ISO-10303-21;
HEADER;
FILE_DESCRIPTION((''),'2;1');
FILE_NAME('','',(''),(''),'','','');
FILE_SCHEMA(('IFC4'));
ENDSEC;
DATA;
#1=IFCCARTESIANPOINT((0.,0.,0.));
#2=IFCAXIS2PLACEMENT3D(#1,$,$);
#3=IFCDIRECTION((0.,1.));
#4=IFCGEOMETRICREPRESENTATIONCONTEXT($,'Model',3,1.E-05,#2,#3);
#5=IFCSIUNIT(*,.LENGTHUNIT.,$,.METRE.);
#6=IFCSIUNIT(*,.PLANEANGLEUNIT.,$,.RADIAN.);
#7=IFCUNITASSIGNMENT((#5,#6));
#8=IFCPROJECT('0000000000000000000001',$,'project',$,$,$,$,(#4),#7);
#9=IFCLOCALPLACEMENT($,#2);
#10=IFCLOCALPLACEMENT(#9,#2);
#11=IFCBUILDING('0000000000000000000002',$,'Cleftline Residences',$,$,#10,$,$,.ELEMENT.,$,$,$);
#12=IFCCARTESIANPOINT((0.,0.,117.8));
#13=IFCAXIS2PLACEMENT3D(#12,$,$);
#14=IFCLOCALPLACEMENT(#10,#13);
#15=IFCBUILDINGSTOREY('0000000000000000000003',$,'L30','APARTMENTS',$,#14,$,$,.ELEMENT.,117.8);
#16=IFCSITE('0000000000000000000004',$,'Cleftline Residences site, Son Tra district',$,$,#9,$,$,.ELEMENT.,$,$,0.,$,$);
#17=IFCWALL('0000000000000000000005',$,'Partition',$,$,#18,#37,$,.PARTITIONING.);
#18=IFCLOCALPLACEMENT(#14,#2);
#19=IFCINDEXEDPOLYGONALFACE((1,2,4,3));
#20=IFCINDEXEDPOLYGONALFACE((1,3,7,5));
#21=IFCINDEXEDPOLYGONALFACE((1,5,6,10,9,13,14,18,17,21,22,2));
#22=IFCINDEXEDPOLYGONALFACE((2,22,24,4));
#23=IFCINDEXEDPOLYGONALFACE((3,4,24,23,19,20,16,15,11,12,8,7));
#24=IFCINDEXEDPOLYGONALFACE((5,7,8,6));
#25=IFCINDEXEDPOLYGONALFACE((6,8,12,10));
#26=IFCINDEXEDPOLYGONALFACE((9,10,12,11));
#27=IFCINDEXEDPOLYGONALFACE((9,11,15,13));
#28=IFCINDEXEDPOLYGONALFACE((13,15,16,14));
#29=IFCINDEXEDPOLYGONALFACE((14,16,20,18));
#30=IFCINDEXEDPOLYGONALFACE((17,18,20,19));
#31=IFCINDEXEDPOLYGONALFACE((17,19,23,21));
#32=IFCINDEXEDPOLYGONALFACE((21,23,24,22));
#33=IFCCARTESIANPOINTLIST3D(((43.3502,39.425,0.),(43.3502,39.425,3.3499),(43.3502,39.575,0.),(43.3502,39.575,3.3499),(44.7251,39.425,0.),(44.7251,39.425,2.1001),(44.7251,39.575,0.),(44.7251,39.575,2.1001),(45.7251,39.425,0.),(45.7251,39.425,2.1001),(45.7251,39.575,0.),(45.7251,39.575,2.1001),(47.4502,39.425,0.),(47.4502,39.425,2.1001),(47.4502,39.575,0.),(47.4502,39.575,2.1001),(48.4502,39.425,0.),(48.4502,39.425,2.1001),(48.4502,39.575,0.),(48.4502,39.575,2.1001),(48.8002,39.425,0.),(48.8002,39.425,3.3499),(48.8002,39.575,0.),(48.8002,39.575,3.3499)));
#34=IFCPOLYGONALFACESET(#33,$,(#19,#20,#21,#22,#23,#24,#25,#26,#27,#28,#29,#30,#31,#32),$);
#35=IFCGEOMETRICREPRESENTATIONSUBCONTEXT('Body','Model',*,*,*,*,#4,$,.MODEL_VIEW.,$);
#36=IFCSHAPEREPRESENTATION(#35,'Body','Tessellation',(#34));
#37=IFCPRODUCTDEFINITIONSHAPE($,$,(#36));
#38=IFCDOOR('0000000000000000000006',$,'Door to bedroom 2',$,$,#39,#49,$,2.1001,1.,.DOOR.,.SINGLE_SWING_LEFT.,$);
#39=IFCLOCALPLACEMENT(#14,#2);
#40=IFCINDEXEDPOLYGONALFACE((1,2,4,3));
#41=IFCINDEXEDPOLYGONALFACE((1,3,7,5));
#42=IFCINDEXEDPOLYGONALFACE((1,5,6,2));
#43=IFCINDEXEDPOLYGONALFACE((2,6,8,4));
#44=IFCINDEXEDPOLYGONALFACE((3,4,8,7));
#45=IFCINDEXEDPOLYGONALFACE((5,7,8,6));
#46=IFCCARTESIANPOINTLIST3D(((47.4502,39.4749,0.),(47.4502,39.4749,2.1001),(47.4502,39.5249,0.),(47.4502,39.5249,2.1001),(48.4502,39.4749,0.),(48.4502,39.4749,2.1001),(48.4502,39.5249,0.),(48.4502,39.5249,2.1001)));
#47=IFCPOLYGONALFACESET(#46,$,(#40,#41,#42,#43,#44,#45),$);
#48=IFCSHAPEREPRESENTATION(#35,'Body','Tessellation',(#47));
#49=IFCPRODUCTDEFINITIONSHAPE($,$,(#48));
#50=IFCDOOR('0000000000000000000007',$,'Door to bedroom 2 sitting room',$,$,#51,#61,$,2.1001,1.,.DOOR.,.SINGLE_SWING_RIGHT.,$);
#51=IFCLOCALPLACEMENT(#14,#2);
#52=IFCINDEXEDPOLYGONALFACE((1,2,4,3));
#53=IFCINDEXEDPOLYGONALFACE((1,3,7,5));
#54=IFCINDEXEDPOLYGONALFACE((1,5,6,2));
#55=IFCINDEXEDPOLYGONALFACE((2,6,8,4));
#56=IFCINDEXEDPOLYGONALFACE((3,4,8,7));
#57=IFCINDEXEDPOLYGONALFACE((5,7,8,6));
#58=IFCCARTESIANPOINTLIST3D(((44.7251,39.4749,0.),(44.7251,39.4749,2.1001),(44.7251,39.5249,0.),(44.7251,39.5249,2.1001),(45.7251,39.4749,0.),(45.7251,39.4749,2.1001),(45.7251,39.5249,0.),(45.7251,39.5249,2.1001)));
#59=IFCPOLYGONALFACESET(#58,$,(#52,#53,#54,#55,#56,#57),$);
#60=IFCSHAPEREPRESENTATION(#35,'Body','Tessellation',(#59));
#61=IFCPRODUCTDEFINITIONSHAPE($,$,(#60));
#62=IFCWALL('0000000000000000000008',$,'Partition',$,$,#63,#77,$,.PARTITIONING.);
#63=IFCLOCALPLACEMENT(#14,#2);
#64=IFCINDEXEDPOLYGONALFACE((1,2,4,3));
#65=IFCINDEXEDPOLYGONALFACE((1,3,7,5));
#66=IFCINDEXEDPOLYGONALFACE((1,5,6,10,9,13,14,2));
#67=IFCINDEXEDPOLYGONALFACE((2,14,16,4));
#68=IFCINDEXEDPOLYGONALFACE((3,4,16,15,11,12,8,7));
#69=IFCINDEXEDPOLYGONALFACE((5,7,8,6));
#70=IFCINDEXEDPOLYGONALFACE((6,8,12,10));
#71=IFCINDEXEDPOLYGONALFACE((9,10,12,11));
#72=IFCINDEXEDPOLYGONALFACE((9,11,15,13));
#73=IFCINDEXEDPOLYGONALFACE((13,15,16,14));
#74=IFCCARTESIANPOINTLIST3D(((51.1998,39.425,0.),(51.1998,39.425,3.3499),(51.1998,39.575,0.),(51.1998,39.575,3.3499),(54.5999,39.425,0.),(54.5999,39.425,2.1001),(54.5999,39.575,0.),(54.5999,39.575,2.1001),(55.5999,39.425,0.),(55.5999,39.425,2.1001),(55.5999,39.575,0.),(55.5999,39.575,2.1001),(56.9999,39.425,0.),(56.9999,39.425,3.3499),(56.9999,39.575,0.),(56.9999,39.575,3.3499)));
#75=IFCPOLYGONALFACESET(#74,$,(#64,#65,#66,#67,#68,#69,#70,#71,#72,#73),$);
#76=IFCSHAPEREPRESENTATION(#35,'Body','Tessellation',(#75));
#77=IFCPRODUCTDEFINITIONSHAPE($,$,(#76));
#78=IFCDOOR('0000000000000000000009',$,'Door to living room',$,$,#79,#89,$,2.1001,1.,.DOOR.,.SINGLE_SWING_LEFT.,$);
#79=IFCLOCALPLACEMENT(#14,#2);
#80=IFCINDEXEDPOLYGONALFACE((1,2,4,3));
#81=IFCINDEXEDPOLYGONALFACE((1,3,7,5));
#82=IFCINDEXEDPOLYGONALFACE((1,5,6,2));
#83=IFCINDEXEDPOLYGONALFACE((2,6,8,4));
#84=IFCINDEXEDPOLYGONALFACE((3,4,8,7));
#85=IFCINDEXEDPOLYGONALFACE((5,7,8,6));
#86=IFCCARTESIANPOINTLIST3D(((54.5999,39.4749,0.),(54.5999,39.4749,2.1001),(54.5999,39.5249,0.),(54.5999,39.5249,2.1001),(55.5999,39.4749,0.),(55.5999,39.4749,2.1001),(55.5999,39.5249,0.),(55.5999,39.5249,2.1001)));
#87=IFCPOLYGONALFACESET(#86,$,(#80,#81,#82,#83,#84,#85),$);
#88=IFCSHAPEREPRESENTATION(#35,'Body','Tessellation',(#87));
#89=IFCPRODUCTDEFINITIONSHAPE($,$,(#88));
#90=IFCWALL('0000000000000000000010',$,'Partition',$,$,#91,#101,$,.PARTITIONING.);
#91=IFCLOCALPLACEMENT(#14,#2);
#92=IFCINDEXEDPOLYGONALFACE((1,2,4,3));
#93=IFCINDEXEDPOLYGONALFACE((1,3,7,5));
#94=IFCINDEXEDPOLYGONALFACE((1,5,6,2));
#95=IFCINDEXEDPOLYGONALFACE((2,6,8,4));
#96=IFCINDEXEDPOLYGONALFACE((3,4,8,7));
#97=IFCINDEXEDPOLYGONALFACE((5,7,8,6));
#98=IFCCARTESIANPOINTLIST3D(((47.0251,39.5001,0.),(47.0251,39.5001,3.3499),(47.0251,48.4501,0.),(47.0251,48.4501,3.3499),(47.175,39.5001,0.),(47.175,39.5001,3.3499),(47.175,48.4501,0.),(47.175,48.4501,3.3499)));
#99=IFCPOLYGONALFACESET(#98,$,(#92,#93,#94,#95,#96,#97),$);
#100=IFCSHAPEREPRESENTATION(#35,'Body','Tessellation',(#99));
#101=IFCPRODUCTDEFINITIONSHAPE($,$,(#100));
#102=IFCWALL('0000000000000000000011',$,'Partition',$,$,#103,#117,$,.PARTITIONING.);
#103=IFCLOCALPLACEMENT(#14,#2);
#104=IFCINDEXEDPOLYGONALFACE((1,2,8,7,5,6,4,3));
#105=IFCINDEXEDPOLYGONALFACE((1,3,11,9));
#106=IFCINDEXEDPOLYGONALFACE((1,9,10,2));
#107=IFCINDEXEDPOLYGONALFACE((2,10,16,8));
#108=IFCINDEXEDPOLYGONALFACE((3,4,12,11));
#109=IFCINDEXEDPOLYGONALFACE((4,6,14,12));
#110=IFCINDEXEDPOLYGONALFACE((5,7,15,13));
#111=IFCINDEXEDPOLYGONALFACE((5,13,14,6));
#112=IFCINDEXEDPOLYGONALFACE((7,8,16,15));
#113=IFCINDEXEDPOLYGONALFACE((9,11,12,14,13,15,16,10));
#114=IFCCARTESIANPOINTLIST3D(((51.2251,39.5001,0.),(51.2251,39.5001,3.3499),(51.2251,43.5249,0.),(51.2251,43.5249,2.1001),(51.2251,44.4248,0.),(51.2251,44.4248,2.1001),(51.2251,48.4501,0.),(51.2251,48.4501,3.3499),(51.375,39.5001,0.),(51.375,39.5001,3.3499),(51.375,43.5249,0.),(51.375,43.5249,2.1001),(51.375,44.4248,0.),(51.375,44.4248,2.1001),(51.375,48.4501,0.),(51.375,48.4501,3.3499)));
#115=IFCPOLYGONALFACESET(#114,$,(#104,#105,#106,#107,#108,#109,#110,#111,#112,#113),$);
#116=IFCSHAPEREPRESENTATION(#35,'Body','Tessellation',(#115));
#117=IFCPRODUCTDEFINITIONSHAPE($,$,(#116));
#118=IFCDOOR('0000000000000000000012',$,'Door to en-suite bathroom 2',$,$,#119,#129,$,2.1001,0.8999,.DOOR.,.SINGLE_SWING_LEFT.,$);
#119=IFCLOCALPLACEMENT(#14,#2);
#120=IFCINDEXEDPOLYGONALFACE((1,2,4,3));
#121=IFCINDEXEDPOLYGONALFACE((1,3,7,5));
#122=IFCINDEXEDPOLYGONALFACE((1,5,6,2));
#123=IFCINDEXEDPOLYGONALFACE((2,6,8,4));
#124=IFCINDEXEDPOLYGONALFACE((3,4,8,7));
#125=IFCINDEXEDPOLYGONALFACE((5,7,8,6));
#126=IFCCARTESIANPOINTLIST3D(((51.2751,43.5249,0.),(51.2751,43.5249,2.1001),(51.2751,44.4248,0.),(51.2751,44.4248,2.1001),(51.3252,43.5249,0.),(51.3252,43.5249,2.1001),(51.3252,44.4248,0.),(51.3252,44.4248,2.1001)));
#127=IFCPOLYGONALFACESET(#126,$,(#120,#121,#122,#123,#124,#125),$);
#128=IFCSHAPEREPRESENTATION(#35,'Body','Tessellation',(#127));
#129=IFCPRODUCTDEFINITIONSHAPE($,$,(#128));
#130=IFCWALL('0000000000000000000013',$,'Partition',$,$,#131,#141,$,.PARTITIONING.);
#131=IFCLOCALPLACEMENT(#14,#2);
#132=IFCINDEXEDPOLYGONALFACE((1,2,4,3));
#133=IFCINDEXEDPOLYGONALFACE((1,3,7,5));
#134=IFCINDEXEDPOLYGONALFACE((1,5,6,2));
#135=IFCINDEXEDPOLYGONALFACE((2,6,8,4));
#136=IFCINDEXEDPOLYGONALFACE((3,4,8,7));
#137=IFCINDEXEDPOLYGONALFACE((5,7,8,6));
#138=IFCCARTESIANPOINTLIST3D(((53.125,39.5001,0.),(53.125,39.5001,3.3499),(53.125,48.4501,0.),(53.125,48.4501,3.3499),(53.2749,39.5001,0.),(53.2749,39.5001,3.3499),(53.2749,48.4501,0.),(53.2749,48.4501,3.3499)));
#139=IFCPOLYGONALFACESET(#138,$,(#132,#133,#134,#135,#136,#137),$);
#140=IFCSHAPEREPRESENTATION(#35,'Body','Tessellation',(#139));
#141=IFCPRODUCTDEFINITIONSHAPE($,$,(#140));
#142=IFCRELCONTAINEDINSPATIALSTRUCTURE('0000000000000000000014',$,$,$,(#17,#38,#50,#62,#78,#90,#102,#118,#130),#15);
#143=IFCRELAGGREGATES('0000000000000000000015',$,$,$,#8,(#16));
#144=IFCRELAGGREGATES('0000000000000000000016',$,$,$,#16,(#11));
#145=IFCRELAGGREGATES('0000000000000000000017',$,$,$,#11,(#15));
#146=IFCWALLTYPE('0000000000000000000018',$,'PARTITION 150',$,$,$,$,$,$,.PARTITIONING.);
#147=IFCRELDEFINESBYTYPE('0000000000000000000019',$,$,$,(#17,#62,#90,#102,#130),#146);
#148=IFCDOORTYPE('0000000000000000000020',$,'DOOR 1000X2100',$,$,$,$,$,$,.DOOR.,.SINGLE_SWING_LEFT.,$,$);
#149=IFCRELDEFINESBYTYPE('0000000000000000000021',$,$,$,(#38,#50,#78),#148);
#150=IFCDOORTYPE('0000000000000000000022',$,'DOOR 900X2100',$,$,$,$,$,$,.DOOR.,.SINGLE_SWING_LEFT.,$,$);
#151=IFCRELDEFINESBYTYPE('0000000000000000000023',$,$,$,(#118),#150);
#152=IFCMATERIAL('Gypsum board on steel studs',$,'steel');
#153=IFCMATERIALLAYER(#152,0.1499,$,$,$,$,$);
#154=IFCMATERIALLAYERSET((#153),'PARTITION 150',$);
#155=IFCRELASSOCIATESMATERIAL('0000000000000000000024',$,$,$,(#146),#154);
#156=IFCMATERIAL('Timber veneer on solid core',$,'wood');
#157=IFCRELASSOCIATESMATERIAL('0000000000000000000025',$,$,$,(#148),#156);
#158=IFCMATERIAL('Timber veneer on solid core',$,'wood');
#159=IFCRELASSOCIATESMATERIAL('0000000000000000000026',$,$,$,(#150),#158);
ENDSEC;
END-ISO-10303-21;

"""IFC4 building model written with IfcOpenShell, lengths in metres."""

from ifc_helpers import new_model, si_unit, direction, frame, frame_2d, origin, place, context, subcontext, project, spatial, rectangle, extrude, material, layer, layer_set, type_object, element, fill, save


model = new_model("IFC4")

# Units and contexts
model_context = context("Model", 3, precision=1e-05, world=origin(), true_north=direction((0.0, 1.0)))
body_context = subcontext(model_context, "Body", "Model", "MODEL_VIEW")
ifc_project = project(units=[si_unit("LENGTHUNIT", "METRE"), si_unit("PLANEANGLEUNIT", "RADIAN")], contexts=[model_context])

# Site, building, storey
site_placement = place(None, origin())
site = spatial("IfcSite", under=ifc_project, at=site_placement, Name="Cleftline Residences site, Son Tra district", CompositionType="ELEMENT", RefElevation=0.0)
building_placement = place(site_placement, origin())
building = spatial("IfcBuilding", under=site, at=building_placement, Name="Cleftline Residences", CompositionType="ELEMENT")
storey_placement = place(building_placement, frame((0.0, 0.0, 117.8)))
storey = spatial("IfcBuildingStorey", under=building, at=storey_placement, Name="L30", Description="APARTMENTS", CompositionType="ELEMENT", Elevation=117.8)

# Wall, openings, doors
ifc_material_1 = material(Name="Gypsum board on steel studs", Category="steel")
ifc_layer_1 = layer(ifc_material_1, 0.1499)
ifc_layer_set_1 = layer_set([ifc_layer_1], Name="PARTITION 150")
wall_type = type_object("IfcWallType", Name="PARTITION 150", PredefinedType="PARTITIONING", material=ifc_layer_set_1)
wall_1_placement = place(storey_placement, frame((43.3501, 39.5, 0.0), z_axis=(0.0, 0.0, 1.0), x_axis=(1.0, 0.0, 0.0)))
wall_1 = element("IfcWall", 1, at=wall_1_placement, inside=storey, type_object=wall_type, Name="Partition", PredefinedType="PARTITIONING", context=body_context, shape_type="SweptSolid", body=[
    extrude(rectangle(XDim=5.45, YDim=0.1499, at=frame_2d((2.7251, 0.0))), origin(), (0.0, 0.0, 1.0), 3.3499),
])
opening_1_placement = place(wall_1_placement, frame((4.1001, 0.0, 0.0)))
opening_1 = element("IfcOpeningElement", 2, at=opening_1_placement, cuts=wall_1, PredefinedType="OPENING", context=body_context, shape_type="SweptSolid", body=[
    extrude(rectangle(XDim=1.0, YDim=2.1001, at=frame_2d((0.5, 1.05))), frame((0.0, 0.085, 0.0), z_axis=(0.0, -1.0, 0.0), x_axis=(1.0, 0.0, 0.0)), (0.0, 0.0, 1.0), 0.1699),
])
opening_2_placement = place(wall_1_placement, frame((1.375, 0.0, 0.0)))
opening_2 = element("IfcOpeningElement", 3, at=opening_2_placement, cuts=wall_1, PredefinedType="OPENING", context=body_context, shape_type="SweptSolid", body=[
    extrude(rectangle(XDim=1.0, YDim=2.1001, at=frame_2d((0.5, 1.05))), frame((0.0, 0.085, 0.0), z_axis=(0.0, -1.0, 0.0), x_axis=(1.0, 0.0, 0.0)), (0.0, 0.0, 1.0), 0.1699),
])
ifc_material_2 = material(Name="Timber veneer on solid core", Category="wood")
door_type_1 = type_object("IfcDoorType", Name="DOOR 1000X2100", OperationType="SINGLE_SWING_LEFT", PredefinedType="DOOR", material=ifc_material_2)
door_1_placement = place(opening_1_placement, origin())
door_1 = element("IfcDoor", 4, at=door_1_placement, inside=storey, type_object=door_type_1, Name="Door to bedroom 2", OperationType="SINGLE_SWING_LEFT", OverallHeight=2.1001, OverallWidth=1.0, PredefinedType="DOOR", context=body_context, shape_type="SweptSolid", body=[
    extrude(rectangle(XDim=1.0, YDim=2.1001, at=frame_2d((0.5, 1.05))), frame((0.0, 0.0249, 0.0), z_axis=(0.0, -1.0, 0.0), x_axis=(1.0, 0.0, 0.0)), (0.0, 0.0, 1.0), 0.05),
])
fill(opening_1, door_1)
door_2_placement = place(opening_2_placement, origin())
door_2 = element("IfcDoor", 5, at=door_2_placement, inside=storey, type_object=door_type_1, Name="Door to bedroom 2 sitting room", OperationType="SINGLE_SWING_RIGHT", OverallHeight=2.1001, OverallWidth=1.0, PredefinedType="DOOR", context=body_context, shape_type="SweptSolid", body=[
    extrude(rectangle(XDim=1.0, YDim=2.1001, at=frame_2d((0.5, 1.05))), frame((0.0, 0.0249, 0.0), z_axis=(0.0, -1.0, 0.0), x_axis=(1.0, 0.0, 0.0)), (0.0, 0.0, 1.0), 0.05),
])
fill(opening_2, door_2)

# Wall, opening, door
wall_2_placement = place(storey_placement, frame((51.2, 39.5, 0.0), z_axis=(0.0, 0.0, 1.0), x_axis=(1.0, 0.0, 0.0)))
wall_2 = element("IfcWall", 6, at=wall_2_placement, inside=storey, type_object=wall_type, Name="Partition", PredefinedType="PARTITIONING", context=body_context, shape_type="SweptSolid", body=[
    extrude(rectangle(XDim=5.8, YDim=0.1499, at=frame_2d((2.8999, 0.0))), origin(), (0.0, 0.0, 1.0), 3.3499),
])
opening_3_placement = place(wall_2_placement, frame((3.3999, 0.0, 0.0)))
opening_3 = element("IfcOpeningElement", 7, at=opening_3_placement, cuts=wall_2, PredefinedType="OPENING", context=body_context, shape_type="SweptSolid", body=[
    extrude(rectangle(XDim=1.0, YDim=2.1001, at=frame_2d((0.5, 1.05))), frame((0.0, 0.085, 0.0), z_axis=(0.0, -1.0, 0.0), x_axis=(1.0, 0.0, 0.0)), (0.0, 0.0, 1.0), 0.1699),
])
door_3_placement = place(opening_3_placement, origin())
door_3 = element("IfcDoor", 8, at=door_3_placement, inside=storey, type_object=door_type_1, Name="Door to living room", OperationType="SINGLE_SWING_LEFT", OverallHeight=2.1001, OverallWidth=1.0, PredefinedType="DOOR", context=body_context, shape_type="SweptSolid", body=[
    extrude(rectangle(XDim=1.0, YDim=2.1001, at=frame_2d((0.5, 1.05))), frame((0.0, 0.0249, 0.0), z_axis=(0.0, -1.0, 0.0), x_axis=(1.0, 0.0, 0.0)), (0.0, 0.0, 1.0), 0.05),
])
fill(opening_3, door_3)

# Wall
wall_3_placement = place(storey_placement, frame((47.1001, 39.5, 0.0), z_axis=(0.0, 0.0, 1.0), x_axis=(0.0, 1.0, 0.0)))
element("IfcWall", 9, at=wall_3_placement, inside=storey, type_object=wall_type, Name="Partition", PredefinedType="PARTITIONING", context=body_context, shape_type="SweptSolid", body=[
    extrude(rectangle(XDim=8.95, YDim=0.1499, at=frame_2d((4.4751, 0.0))), origin(), (0.0, 0.0, 1.0), 3.3499),
])

# Wall, opening, door
wall_4_placement = place(storey_placement, frame((51.3, 39.5, 0.0), z_axis=(0.0, 0.0, 1.0), x_axis=(0.0, 1.0, 0.0)))
wall_4 = element("IfcWall", 10, at=wall_4_placement, inside=storey, type_object=wall_type, Name="Partition", PredefinedType="PARTITIONING", context=body_context, shape_type="SweptSolid", body=[
    extrude(rectangle(XDim=8.95, YDim=0.1499, at=frame_2d((4.4751, 0.0))), origin(), (0.0, 0.0, 1.0), 3.3499),
])
opening_4_placement = place(wall_4_placement, frame((4.0249, 0.0, 0.0)))
opening_4 = element("IfcOpeningElement", 11, at=opening_4_placement, cuts=wall_4, PredefinedType="OPENING", context=body_context, shape_type="SweptSolid", body=[
    extrude(rectangle(XDim=0.8999, YDim=2.1001, at=frame_2d((0.45, 1.05))), frame((0.0, 0.085, 0.0), z_axis=(0.0, -1.0, 0.0), x_axis=(1.0, 0.0, 0.0)), (0.0, 0.0, 1.0), 0.1699),
])
ifc_material_3 = material(Name="Timber veneer on solid core", Category="wood")
door_type_2 = type_object("IfcDoorType", Name="DOOR 900X2100", OperationType="SINGLE_SWING_LEFT", PredefinedType="DOOR", material=ifc_material_3)
door_4_placement = place(opening_4_placement, origin())
door_4 = element("IfcDoor", 12, at=door_4_placement, inside=storey, type_object=door_type_2, Name="Door to en-suite bathroom 2", OperationType="SINGLE_SWING_LEFT", OverallHeight=2.1001, OverallWidth=0.8999, PredefinedType="DOOR", context=body_context, shape_type="SweptSolid", body=[
    extrude(rectangle(XDim=0.8999, YDim=2.1001, at=frame_2d((0.45, 1.05))), frame((0.0, 0.0249, 0.0), z_axis=(0.0, -1.0, 0.0), x_axis=(1.0, 0.0, 0.0)), (0.0, 0.0, 1.0), 0.05),
])
fill(opening_4, door_4)

# Wall
wall_5_placement = place(storey_placement, frame((53.2, 39.5, 0.0), z_axis=(0.0, 0.0, 1.0), x_axis=(0.0, 1.0, 0.0)))
element("IfcWall", 13, at=wall_5_placement, inside=storey, type_object=wall_type, Name="Partition", PredefinedType="PARTITIONING", context=body_context, shape_type="SweptSolid", body=[
    extrude(rectangle(XDim=8.95, YDim=0.1499, at=frame_2d((4.4751, 0.0))), origin(), (0.0, 0.0, 1.0), 3.3499),
])

save(model, "model.ifc")
